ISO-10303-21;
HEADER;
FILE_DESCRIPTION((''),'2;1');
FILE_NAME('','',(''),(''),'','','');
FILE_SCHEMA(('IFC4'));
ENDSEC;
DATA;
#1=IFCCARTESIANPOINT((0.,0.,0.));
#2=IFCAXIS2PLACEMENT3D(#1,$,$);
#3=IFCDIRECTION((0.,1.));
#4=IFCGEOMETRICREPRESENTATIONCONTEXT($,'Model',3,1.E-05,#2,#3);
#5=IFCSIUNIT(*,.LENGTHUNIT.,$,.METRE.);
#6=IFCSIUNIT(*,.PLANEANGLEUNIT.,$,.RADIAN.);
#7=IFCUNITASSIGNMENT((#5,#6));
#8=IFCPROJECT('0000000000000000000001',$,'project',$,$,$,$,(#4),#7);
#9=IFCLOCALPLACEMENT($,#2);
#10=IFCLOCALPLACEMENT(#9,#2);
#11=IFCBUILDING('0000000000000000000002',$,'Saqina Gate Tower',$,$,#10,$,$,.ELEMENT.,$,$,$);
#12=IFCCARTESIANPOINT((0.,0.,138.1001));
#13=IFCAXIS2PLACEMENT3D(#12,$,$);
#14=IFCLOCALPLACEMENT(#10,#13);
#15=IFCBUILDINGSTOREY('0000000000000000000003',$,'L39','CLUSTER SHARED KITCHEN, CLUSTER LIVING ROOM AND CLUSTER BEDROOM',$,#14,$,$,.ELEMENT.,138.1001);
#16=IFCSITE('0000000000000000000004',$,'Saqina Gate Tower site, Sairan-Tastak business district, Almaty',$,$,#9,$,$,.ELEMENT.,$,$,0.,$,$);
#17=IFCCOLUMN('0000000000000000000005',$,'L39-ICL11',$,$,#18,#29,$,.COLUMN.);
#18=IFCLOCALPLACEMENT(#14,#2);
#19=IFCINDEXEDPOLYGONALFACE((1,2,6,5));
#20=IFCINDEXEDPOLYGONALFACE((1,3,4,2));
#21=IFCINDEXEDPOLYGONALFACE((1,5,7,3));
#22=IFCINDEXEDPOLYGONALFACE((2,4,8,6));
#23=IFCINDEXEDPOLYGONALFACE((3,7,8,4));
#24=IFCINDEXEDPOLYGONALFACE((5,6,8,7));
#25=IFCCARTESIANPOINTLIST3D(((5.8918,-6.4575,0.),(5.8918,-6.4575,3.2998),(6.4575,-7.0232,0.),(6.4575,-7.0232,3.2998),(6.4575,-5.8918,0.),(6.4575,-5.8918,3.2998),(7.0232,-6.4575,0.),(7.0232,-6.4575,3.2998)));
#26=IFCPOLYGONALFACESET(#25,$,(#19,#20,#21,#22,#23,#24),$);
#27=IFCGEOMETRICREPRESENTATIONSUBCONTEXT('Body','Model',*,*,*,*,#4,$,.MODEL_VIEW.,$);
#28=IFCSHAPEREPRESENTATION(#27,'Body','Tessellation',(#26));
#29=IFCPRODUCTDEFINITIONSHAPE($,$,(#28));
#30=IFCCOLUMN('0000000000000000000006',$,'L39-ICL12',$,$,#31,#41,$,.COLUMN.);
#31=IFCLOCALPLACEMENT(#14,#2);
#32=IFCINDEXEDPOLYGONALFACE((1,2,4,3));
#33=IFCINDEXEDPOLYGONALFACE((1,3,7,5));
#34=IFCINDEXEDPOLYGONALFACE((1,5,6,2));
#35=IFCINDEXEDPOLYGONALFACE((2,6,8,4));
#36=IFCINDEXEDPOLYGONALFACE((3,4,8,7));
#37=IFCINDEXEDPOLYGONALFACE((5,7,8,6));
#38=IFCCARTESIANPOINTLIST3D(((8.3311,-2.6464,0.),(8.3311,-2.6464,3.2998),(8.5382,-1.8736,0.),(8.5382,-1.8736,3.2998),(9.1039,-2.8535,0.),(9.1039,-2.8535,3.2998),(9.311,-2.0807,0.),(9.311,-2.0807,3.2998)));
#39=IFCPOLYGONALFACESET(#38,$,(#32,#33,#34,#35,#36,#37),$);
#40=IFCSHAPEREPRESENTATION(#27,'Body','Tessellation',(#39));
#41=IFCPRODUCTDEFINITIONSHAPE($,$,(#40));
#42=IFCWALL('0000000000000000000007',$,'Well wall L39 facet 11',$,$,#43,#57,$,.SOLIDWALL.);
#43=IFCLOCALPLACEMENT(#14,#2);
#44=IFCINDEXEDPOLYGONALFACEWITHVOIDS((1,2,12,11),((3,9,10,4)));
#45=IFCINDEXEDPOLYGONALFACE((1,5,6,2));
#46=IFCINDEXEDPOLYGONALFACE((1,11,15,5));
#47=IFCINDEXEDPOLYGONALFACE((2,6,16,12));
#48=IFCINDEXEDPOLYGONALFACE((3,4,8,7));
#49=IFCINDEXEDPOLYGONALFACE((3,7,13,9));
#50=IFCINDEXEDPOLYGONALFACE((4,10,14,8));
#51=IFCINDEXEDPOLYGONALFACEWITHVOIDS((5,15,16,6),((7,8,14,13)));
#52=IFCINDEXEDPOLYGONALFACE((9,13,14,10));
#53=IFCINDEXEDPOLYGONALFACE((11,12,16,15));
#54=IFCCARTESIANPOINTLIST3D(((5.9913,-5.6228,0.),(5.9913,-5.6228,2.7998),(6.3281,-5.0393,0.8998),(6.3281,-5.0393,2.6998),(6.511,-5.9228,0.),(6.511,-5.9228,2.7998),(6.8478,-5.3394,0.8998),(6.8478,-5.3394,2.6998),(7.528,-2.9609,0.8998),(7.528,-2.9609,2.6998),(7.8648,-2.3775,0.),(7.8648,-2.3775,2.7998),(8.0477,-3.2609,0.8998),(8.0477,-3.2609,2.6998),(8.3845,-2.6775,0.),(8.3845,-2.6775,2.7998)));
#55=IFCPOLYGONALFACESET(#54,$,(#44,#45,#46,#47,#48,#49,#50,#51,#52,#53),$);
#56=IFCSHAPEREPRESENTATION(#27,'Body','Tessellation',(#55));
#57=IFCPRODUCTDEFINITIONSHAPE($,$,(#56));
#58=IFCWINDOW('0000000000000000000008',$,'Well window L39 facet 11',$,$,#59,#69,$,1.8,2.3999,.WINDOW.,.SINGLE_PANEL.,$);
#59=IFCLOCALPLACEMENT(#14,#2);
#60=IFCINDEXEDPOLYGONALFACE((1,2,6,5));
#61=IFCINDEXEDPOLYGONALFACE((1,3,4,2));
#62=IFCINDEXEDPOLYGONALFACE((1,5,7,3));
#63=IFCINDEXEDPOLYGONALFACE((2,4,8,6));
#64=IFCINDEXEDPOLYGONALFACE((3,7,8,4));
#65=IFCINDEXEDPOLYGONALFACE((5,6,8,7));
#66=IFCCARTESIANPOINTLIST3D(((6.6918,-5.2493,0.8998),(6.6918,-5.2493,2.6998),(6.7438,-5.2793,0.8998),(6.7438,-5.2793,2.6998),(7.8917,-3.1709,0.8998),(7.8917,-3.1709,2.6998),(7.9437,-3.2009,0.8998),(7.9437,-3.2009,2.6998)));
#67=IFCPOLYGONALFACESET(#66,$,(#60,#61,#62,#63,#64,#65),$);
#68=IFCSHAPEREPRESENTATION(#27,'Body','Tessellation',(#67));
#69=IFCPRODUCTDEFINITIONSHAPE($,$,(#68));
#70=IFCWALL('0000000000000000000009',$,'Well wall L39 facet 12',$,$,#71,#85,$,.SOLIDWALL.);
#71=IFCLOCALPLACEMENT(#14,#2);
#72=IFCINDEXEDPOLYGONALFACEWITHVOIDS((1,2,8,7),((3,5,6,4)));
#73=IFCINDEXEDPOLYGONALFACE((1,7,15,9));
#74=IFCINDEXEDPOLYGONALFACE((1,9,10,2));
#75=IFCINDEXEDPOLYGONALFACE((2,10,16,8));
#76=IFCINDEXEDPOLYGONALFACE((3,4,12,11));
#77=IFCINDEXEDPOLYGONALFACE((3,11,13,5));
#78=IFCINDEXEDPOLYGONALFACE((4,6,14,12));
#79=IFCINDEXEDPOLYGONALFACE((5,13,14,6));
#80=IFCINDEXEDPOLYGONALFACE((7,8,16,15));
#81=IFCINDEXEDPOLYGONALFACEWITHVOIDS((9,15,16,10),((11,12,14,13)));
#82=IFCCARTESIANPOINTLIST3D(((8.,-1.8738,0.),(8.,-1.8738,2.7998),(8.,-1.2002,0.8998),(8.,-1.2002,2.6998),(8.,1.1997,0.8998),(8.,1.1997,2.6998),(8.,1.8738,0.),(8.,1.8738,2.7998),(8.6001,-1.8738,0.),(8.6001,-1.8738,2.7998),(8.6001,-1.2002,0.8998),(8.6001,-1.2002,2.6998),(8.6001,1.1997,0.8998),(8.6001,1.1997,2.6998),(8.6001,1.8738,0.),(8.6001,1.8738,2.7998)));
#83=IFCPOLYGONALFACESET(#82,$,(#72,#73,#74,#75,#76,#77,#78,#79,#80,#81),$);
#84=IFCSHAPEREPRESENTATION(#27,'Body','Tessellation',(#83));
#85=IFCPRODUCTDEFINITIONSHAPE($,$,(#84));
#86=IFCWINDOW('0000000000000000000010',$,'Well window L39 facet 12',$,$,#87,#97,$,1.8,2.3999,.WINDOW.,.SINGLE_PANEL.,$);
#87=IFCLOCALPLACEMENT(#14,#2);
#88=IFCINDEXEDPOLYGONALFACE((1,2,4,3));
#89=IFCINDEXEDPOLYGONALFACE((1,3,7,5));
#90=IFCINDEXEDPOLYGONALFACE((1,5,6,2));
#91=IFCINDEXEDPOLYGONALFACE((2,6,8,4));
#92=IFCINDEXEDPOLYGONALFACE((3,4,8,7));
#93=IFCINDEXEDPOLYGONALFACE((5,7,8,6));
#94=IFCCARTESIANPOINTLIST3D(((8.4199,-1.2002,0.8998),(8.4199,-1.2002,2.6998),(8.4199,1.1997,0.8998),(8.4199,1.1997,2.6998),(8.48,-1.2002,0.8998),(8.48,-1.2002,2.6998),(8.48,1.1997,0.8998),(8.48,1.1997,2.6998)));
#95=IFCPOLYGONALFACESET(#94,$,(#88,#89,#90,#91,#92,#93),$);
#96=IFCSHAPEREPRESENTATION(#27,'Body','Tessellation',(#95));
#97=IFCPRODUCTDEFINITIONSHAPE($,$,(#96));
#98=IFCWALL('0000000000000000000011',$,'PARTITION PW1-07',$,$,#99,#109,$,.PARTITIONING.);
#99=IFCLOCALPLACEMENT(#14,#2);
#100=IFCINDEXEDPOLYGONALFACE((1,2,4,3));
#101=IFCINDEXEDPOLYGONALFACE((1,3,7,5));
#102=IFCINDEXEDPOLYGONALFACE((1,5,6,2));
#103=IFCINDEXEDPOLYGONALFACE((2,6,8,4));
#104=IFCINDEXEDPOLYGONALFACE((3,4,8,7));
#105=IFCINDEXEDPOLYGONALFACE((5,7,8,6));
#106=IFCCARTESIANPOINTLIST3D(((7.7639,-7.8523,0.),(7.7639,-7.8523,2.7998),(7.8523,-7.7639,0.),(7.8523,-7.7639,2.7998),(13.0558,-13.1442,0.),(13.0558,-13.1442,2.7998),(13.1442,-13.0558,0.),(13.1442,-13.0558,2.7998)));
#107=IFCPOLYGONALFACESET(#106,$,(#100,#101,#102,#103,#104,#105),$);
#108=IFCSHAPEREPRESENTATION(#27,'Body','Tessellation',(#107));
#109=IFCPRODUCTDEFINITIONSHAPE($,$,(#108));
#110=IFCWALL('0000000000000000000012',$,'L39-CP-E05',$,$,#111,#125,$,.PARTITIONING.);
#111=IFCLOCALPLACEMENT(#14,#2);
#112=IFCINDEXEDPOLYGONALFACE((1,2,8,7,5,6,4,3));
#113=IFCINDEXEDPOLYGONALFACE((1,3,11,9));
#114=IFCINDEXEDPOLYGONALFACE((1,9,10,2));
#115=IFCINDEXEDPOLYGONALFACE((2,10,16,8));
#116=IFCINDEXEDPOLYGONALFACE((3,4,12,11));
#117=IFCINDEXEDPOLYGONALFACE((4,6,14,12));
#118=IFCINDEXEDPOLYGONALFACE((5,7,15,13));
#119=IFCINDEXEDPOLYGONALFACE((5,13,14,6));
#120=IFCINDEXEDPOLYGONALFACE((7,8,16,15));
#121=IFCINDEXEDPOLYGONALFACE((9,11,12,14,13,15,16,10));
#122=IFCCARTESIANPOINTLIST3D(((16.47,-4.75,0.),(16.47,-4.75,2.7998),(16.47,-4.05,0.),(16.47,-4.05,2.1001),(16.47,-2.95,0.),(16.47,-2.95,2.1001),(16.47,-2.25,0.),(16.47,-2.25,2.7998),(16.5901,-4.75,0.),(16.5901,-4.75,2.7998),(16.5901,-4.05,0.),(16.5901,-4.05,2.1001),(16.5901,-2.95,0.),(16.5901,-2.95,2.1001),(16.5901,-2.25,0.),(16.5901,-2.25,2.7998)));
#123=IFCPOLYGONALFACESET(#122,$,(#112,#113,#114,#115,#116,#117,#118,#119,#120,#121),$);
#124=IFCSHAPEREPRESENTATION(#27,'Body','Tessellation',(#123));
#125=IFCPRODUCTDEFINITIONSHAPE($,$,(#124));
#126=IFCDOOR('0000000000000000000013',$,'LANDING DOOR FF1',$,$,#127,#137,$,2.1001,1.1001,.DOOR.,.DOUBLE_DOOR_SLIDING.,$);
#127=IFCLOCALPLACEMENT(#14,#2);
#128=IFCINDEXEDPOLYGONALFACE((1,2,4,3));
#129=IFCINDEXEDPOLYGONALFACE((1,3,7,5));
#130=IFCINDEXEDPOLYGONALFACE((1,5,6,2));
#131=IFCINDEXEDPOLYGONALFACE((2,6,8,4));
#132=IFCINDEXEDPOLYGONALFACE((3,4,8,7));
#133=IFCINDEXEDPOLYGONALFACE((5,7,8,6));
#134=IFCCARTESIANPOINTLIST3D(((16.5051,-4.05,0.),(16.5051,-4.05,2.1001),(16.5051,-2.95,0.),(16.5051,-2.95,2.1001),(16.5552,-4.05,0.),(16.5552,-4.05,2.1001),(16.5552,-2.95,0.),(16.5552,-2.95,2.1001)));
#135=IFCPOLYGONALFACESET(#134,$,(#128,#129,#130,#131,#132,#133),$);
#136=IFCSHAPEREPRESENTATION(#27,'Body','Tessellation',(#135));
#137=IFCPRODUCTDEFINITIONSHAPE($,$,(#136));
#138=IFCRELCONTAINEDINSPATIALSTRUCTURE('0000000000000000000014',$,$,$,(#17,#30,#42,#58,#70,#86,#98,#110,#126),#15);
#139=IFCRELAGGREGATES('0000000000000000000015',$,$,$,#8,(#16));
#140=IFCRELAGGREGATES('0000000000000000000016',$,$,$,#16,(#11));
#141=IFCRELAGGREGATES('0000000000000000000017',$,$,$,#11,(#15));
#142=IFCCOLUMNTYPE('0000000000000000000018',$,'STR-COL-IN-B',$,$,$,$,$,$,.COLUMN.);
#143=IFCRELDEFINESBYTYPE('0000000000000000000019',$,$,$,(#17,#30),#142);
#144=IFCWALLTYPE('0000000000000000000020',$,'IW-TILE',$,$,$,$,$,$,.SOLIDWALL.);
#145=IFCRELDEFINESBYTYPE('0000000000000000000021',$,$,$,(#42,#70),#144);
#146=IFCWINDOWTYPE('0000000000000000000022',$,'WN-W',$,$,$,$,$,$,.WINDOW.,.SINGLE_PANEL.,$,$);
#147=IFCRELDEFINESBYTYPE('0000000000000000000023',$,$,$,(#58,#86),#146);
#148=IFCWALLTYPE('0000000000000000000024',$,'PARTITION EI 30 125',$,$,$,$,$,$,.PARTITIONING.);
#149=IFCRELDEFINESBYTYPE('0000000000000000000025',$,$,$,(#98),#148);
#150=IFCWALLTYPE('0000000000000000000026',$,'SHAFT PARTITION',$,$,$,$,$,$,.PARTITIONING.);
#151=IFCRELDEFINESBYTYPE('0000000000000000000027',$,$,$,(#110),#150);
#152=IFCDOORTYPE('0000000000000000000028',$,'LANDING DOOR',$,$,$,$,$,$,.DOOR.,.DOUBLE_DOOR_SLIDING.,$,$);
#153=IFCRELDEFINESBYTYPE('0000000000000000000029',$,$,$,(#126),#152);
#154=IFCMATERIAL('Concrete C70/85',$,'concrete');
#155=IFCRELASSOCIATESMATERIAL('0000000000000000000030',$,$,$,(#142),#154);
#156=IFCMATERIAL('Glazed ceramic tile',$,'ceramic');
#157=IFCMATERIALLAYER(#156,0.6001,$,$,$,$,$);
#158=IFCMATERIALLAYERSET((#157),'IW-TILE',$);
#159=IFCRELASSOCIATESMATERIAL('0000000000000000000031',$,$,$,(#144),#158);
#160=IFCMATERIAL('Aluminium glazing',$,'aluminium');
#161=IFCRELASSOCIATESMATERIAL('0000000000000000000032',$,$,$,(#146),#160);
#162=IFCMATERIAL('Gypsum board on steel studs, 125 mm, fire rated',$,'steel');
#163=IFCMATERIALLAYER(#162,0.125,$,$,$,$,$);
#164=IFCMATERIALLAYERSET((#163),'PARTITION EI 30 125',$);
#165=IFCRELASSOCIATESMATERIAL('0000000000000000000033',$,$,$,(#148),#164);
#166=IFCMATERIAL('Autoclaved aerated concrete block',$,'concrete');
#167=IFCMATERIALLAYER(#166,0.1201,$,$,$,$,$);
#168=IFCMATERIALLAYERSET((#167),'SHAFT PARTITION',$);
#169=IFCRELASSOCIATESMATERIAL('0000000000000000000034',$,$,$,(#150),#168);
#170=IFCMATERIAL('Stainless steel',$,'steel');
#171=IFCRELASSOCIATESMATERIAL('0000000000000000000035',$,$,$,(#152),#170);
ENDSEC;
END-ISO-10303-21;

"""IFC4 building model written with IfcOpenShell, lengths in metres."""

from ifc_helpers import new_model, si_unit, direction, frame, frame_2d, origin, origin_2d, place, context, subcontext, project, spatial, rectangle, extrude, material, layer, layer_set, material_profile, profile_set, type_object, element, fill, save


model = new_model("IFC4")

# Units and contexts
model_context = context("Model", 3, precision=1e-05, world=origin(), true_north=direction((0.0, 1.0)))
body_context = subcontext(model_context, "Body", "Model", "MODEL_VIEW")
ifc_project = project(units=[si_unit("LENGTHUNIT", "METRE"), si_unit("PLANEANGLEUNIT", "RADIAN")], contexts=[model_context])

# Site, building, storey
site_placement = place(None, origin())
site = spatial("IfcSite", under=ifc_project, at=site_placement, Name="Saqina Gate Tower site, Sairan-Tastak business district, Almaty", CompositionType="ELEMENT", RefElevation=0.0)
building_placement = place(site_placement, origin())
building = spatial("IfcBuilding", under=site, at=building_placement, Name="Saqina Gate Tower", CompositionType="ELEMENT")
storey_placement = place(building_placement, frame((0.0, 0.0, 138.1001)))
storey = spatial("IfcBuildingStorey", under=building, at=storey_placement, Name="L39", Description="CLUSTER SHARED KITCHEN, CLUSTER LIVING ROOM AND CLUSTER BEDROOM", CompositionType="ELEMENT", Elevation=138.1001)

# Columns
ifc_material_1 = material(Name="Concrete C70/85", Category="concrete")
ifc_material_profile = material_profile(ifc_material_1, rectangle(XDim=0.8, YDim=0.8, at=origin_2d()), Name="RC 800x800")
ifc_profile_set = profile_set([ifc_material_profile], Name="Concrete C70/85")
column_type = type_object("IfcColumnType", Name="STR-COL-IN-B", PredefinedType="COLUMN", material=ifc_profile_set)
for number, where, z_axis, x_axis, name in (
    (1, (6.4575, -6.4575, 0.0), (0.0, 0.0, 1.0), (0.707107, -0.707107, 0.0), "L39-ICL11"),
    (2, (8.821, -2.3635, 0.0), (0.0, 0.0, 1.0), (0.965926, -0.258819, 0.0), "L39-ICL12"),
):
    element("IfcColumn", number, at=place(storey_placement, frame(where, z_axis=z_axis, x_axis=x_axis)), inside=storey, type_object=column_type, Name=name, PredefinedType="COLUMN", context=body_context, shape_type="SweptSolid", body=[
        extrude(rectangle(XDim=0.8, YDim=0.8, at=origin_2d()), origin(), (0.0, 0.0, 1.0), 3.2998),
    ])

# Walls, openings, windows
ifc_material_2 = material(Name="Glazed ceramic tile", Category="ceramic")
ifc_layer_1 = layer(ifc_material_2, 0.6001)
ifc_layer_set_1 = layer_set([ifc_layer_1], Name="IW-TILE")
wall_type_1 = type_object("IfcWallType", Name="IW-TILE", PredefinedType="SOLIDWALL", material=ifc_layer_set_1)
wall_1_placement = place(storey_placement, frame((6.2512, -5.7727, 0.0), z_axis=(0.0, 0.0, 1.0), x_axis=(0.499965, 0.866046, 0.0)))
wall_1 = element("IfcWall", 3, at=wall_1_placement, inside=storey, type_object=wall_type_1, Name="Well wall L39 facet 11", PredefinedType="SOLIDWALL", context=body_context, shape_type="SweptSolid", body=[
    extrude(rectangle(XDim=3.7473, YDim=0.6001, at=frame_2d((1.8735, 0.0))), origin(), (0.0, 0.0, 1.0), 2.7998),
])
opening_1_placement = place(wall_1_placement, frame((0.6736, 0.0, 0.8999)))
opening_1 = element("IfcOpeningElement", 4, at=opening_1_placement, cuts=wall_1, PredefinedType="OPENING", context=body_context, shape_type="SweptSolid", body=[
    extrude(rectangle(XDim=2.3999, YDim=1.8, at=frame_2d((1.2, 0.8999))), frame((0.0, 0.312, 0.0), z_axis=(0.0, -1.0, 0.0), x_axis=(1.0, 0.0, 0.0)), (0.0, 0.0, 1.0), 0.624),
])
ifc_material_3 = material(Name="Aluminium glazing", Category="aluminium")
window_type = type_object("IfcWindowType", Name="WN-W", PartitioningType="SINGLE_PANEL", PredefinedType="WINDOW", material=ifc_material_3)
window_1_placement = place(opening_1_placement, origin())
window_1 = element("IfcWindow", 5, at=window_1_placement, inside=storey, type_object=window_type, Name="Well window L39 facet 11", OverallHeight=1.8, OverallWidth=2.3999, PartitioningType="SINGLE_PANEL", PredefinedType="WINDOW", context=body_context, shape_type="SweptSolid", body=[
    extrude(rectangle(XDim=2.3999, YDim=1.8, at=frame_2d((1.2, 0.8999))), frame((0.0, -0.1199, 0.0), z_axis=(0.0, -1.0, 0.0), x_axis=(1.0, 0.0, 0.0)), (0.0, 0.0, 1.0), 0.0601),
])
fill(opening_1, window_1)
wall_2_placement = place(storey_placement, frame((8.3, -1.8738, 0.0), z_axis=(0.0, 0.0, 1.0), x_axis=(0.0, 1.0, 0.0)))
wall_2 = element("IfcWall", 6, at=wall_2_placement, inside=storey, type_object=wall_type_1, Name="Well wall L39 facet 12", PredefinedType="SOLIDWALL", context=body_context, shape_type="SweptSolid", body=[
    extrude(rectangle(XDim=3.7476, YDim=0.6001, at=frame_2d((1.8738, 0.0))), origin(), (0.0, 0.0, 1.0), 2.7998),
])
opening_2_placement = place(wall_2_placement, frame((0.6736, 0.0, 0.8999)))
opening_2 = element("IfcOpeningElement", 7, at=opening_2_placement, cuts=wall_2, PredefinedType="OPENING", context=body_context, shape_type="SweptSolid", body=[
    extrude(rectangle(XDim=2.3999, YDim=1.8, at=frame_2d((1.2, 0.8999))), frame((0.0, 0.312, 0.0), z_axis=(0.0, -1.0, 0.0), x_axis=(1.0, 0.0, 0.0)), (0.0, 0.0, 1.0), 0.624),
])
window_2_placement = place(opening_2_placement, origin())
window_2 = element("IfcWindow", 8, at=window_2_placement, inside=storey, type_object=window_type, Name="Well window L39 facet 12", OverallHeight=1.8, OverallWidth=2.3999, PartitioningType="SINGLE_PANEL", PredefinedType="WINDOW", context=body_context, shape_type="SweptSolid", body=[
    extrude(rectangle(XDim=2.3999, YDim=1.8, at=frame_2d((1.2, 0.8999))), frame((0.0, -0.1199, 0.0), z_axis=(0.0, -1.0, 0.0), x_axis=(1.0, 0.0, 0.0)), (0.0, 0.0, 1.0), 0.0601),
])
fill(opening_2, window_2)

# Wall
ifc_material_4 = material(Name="Gypsum board on steel studs, 125 mm, fire rated", Category="steel")
ifc_layer_2 = layer(ifc_material_4, 0.125)
ifc_layer_set_2 = layer_set([ifc_layer_2], Name="PARTITION EI 30 125")
wall_type_2 = type_object("IfcWallType", Name="PARTITION EI 30 125", PredefinedType="PARTITIONING", material=ifc_layer_set_2)
wall_3_placement = place(storey_placement, frame((7.8081, -7.8081, 0.0), z_axis=(0.0, 0.0, 1.0), x_axis=(0.707107, -0.707107, 0.0)))
element("IfcWall", 9, at=wall_3_placement, inside=storey, type_object=wall_type_2, Name="PARTITION PW1-07", PredefinedType="PARTITIONING", context=body_context, shape_type="SweptSolid", body=[
    extrude(rectangle(XDim=7.4839, YDim=0.125, at=frame_2d((3.7419, 0.0))), origin(), (0.0, 0.0, 1.0), 2.7998),
])

# Wall, opening, door
ifc_material_5 = material(Name="Autoclaved aerated concrete block", Category="concrete")
ifc_layer_3 = layer(ifc_material_5, 0.1201)
ifc_layer_set_3 = layer_set([ifc_layer_3], Name="SHAFT PARTITION")
wall_type_3 = type_object("IfcWallType", Name="SHAFT PARTITION", PredefinedType="PARTITIONING", material=ifc_layer_set_3)
wall_4_placement = place(storey_placement, frame((16.53, -4.75, 0.0), z_axis=(0.0, 0.0, 1.0), x_axis=(0.0, 1.0, 0.0)))
wall_4 = element("IfcWall", 10, at=wall_4_placement, inside=storey, type_object=wall_type_3, Name="L39-CP-E05", PredefinedType="PARTITIONING", context=body_context, shape_type="SweptSolid", body=[
    extrude(rectangle(XDim=2.5, YDim=0.1201, at=frame_2d((1.25, 0.0))), origin(), (0.0, 0.0, 1.0), 2.7998),
])
opening_3_placement = place(wall_4_placement, frame((0.7, 0.0, 0.0)))
opening_3 = element("IfcOpeningElement", 11, at=opening_3_placement, cuts=wall_4, PredefinedType="OPENING", context=body_context, shape_type="SweptSolid", body=[
    extrude(rectangle(XDim=1.1001, YDim=2.1001, at=frame_2d((0.55, 1.05))), frame((0.0, 0.072, 0.0), z_axis=(0.0, -1.0, 0.0), x_axis=(1.0, 0.0, 0.0)), (0.0, 0.0, 1.0), 0.144),
])
ifc_material_6 = material(Name="Stainless steel", Category="steel")
door_type_1 = type_object("IfcDoorType", Name="LANDING DOOR", OperationType="DOUBLE_DOOR_SLIDING", PredefinedType="DOOR", material=ifc_material_6)
door_1_placement = place(opening_3_placement, origin())
door_1 = element("IfcDoor", 12, at=door_1_placement, inside=storey, type_object=door_type_1, Name="LANDING DOOR FF1", OperationType="DOUBLE_DOOR_SLIDING", OverallHeight=2.1001, OverallWidth=1.1001, PredefinedType="DOOR", context=body_context, shape_type="SweptSolid", body=[
    extrude(rectangle(XDim=1.1001, YDim=2.1001, at=frame_2d((0.55, 1.05))), frame((0.0, 0.0249, 0.0), z_axis=(0.0, -1.0, 0.0), x_axis=(1.0, 0.0, 0.0)), (0.0, 0.0, 1.0), 0.05),
])
fill(opening_3, door_1)

save(model, "model.ifc")
